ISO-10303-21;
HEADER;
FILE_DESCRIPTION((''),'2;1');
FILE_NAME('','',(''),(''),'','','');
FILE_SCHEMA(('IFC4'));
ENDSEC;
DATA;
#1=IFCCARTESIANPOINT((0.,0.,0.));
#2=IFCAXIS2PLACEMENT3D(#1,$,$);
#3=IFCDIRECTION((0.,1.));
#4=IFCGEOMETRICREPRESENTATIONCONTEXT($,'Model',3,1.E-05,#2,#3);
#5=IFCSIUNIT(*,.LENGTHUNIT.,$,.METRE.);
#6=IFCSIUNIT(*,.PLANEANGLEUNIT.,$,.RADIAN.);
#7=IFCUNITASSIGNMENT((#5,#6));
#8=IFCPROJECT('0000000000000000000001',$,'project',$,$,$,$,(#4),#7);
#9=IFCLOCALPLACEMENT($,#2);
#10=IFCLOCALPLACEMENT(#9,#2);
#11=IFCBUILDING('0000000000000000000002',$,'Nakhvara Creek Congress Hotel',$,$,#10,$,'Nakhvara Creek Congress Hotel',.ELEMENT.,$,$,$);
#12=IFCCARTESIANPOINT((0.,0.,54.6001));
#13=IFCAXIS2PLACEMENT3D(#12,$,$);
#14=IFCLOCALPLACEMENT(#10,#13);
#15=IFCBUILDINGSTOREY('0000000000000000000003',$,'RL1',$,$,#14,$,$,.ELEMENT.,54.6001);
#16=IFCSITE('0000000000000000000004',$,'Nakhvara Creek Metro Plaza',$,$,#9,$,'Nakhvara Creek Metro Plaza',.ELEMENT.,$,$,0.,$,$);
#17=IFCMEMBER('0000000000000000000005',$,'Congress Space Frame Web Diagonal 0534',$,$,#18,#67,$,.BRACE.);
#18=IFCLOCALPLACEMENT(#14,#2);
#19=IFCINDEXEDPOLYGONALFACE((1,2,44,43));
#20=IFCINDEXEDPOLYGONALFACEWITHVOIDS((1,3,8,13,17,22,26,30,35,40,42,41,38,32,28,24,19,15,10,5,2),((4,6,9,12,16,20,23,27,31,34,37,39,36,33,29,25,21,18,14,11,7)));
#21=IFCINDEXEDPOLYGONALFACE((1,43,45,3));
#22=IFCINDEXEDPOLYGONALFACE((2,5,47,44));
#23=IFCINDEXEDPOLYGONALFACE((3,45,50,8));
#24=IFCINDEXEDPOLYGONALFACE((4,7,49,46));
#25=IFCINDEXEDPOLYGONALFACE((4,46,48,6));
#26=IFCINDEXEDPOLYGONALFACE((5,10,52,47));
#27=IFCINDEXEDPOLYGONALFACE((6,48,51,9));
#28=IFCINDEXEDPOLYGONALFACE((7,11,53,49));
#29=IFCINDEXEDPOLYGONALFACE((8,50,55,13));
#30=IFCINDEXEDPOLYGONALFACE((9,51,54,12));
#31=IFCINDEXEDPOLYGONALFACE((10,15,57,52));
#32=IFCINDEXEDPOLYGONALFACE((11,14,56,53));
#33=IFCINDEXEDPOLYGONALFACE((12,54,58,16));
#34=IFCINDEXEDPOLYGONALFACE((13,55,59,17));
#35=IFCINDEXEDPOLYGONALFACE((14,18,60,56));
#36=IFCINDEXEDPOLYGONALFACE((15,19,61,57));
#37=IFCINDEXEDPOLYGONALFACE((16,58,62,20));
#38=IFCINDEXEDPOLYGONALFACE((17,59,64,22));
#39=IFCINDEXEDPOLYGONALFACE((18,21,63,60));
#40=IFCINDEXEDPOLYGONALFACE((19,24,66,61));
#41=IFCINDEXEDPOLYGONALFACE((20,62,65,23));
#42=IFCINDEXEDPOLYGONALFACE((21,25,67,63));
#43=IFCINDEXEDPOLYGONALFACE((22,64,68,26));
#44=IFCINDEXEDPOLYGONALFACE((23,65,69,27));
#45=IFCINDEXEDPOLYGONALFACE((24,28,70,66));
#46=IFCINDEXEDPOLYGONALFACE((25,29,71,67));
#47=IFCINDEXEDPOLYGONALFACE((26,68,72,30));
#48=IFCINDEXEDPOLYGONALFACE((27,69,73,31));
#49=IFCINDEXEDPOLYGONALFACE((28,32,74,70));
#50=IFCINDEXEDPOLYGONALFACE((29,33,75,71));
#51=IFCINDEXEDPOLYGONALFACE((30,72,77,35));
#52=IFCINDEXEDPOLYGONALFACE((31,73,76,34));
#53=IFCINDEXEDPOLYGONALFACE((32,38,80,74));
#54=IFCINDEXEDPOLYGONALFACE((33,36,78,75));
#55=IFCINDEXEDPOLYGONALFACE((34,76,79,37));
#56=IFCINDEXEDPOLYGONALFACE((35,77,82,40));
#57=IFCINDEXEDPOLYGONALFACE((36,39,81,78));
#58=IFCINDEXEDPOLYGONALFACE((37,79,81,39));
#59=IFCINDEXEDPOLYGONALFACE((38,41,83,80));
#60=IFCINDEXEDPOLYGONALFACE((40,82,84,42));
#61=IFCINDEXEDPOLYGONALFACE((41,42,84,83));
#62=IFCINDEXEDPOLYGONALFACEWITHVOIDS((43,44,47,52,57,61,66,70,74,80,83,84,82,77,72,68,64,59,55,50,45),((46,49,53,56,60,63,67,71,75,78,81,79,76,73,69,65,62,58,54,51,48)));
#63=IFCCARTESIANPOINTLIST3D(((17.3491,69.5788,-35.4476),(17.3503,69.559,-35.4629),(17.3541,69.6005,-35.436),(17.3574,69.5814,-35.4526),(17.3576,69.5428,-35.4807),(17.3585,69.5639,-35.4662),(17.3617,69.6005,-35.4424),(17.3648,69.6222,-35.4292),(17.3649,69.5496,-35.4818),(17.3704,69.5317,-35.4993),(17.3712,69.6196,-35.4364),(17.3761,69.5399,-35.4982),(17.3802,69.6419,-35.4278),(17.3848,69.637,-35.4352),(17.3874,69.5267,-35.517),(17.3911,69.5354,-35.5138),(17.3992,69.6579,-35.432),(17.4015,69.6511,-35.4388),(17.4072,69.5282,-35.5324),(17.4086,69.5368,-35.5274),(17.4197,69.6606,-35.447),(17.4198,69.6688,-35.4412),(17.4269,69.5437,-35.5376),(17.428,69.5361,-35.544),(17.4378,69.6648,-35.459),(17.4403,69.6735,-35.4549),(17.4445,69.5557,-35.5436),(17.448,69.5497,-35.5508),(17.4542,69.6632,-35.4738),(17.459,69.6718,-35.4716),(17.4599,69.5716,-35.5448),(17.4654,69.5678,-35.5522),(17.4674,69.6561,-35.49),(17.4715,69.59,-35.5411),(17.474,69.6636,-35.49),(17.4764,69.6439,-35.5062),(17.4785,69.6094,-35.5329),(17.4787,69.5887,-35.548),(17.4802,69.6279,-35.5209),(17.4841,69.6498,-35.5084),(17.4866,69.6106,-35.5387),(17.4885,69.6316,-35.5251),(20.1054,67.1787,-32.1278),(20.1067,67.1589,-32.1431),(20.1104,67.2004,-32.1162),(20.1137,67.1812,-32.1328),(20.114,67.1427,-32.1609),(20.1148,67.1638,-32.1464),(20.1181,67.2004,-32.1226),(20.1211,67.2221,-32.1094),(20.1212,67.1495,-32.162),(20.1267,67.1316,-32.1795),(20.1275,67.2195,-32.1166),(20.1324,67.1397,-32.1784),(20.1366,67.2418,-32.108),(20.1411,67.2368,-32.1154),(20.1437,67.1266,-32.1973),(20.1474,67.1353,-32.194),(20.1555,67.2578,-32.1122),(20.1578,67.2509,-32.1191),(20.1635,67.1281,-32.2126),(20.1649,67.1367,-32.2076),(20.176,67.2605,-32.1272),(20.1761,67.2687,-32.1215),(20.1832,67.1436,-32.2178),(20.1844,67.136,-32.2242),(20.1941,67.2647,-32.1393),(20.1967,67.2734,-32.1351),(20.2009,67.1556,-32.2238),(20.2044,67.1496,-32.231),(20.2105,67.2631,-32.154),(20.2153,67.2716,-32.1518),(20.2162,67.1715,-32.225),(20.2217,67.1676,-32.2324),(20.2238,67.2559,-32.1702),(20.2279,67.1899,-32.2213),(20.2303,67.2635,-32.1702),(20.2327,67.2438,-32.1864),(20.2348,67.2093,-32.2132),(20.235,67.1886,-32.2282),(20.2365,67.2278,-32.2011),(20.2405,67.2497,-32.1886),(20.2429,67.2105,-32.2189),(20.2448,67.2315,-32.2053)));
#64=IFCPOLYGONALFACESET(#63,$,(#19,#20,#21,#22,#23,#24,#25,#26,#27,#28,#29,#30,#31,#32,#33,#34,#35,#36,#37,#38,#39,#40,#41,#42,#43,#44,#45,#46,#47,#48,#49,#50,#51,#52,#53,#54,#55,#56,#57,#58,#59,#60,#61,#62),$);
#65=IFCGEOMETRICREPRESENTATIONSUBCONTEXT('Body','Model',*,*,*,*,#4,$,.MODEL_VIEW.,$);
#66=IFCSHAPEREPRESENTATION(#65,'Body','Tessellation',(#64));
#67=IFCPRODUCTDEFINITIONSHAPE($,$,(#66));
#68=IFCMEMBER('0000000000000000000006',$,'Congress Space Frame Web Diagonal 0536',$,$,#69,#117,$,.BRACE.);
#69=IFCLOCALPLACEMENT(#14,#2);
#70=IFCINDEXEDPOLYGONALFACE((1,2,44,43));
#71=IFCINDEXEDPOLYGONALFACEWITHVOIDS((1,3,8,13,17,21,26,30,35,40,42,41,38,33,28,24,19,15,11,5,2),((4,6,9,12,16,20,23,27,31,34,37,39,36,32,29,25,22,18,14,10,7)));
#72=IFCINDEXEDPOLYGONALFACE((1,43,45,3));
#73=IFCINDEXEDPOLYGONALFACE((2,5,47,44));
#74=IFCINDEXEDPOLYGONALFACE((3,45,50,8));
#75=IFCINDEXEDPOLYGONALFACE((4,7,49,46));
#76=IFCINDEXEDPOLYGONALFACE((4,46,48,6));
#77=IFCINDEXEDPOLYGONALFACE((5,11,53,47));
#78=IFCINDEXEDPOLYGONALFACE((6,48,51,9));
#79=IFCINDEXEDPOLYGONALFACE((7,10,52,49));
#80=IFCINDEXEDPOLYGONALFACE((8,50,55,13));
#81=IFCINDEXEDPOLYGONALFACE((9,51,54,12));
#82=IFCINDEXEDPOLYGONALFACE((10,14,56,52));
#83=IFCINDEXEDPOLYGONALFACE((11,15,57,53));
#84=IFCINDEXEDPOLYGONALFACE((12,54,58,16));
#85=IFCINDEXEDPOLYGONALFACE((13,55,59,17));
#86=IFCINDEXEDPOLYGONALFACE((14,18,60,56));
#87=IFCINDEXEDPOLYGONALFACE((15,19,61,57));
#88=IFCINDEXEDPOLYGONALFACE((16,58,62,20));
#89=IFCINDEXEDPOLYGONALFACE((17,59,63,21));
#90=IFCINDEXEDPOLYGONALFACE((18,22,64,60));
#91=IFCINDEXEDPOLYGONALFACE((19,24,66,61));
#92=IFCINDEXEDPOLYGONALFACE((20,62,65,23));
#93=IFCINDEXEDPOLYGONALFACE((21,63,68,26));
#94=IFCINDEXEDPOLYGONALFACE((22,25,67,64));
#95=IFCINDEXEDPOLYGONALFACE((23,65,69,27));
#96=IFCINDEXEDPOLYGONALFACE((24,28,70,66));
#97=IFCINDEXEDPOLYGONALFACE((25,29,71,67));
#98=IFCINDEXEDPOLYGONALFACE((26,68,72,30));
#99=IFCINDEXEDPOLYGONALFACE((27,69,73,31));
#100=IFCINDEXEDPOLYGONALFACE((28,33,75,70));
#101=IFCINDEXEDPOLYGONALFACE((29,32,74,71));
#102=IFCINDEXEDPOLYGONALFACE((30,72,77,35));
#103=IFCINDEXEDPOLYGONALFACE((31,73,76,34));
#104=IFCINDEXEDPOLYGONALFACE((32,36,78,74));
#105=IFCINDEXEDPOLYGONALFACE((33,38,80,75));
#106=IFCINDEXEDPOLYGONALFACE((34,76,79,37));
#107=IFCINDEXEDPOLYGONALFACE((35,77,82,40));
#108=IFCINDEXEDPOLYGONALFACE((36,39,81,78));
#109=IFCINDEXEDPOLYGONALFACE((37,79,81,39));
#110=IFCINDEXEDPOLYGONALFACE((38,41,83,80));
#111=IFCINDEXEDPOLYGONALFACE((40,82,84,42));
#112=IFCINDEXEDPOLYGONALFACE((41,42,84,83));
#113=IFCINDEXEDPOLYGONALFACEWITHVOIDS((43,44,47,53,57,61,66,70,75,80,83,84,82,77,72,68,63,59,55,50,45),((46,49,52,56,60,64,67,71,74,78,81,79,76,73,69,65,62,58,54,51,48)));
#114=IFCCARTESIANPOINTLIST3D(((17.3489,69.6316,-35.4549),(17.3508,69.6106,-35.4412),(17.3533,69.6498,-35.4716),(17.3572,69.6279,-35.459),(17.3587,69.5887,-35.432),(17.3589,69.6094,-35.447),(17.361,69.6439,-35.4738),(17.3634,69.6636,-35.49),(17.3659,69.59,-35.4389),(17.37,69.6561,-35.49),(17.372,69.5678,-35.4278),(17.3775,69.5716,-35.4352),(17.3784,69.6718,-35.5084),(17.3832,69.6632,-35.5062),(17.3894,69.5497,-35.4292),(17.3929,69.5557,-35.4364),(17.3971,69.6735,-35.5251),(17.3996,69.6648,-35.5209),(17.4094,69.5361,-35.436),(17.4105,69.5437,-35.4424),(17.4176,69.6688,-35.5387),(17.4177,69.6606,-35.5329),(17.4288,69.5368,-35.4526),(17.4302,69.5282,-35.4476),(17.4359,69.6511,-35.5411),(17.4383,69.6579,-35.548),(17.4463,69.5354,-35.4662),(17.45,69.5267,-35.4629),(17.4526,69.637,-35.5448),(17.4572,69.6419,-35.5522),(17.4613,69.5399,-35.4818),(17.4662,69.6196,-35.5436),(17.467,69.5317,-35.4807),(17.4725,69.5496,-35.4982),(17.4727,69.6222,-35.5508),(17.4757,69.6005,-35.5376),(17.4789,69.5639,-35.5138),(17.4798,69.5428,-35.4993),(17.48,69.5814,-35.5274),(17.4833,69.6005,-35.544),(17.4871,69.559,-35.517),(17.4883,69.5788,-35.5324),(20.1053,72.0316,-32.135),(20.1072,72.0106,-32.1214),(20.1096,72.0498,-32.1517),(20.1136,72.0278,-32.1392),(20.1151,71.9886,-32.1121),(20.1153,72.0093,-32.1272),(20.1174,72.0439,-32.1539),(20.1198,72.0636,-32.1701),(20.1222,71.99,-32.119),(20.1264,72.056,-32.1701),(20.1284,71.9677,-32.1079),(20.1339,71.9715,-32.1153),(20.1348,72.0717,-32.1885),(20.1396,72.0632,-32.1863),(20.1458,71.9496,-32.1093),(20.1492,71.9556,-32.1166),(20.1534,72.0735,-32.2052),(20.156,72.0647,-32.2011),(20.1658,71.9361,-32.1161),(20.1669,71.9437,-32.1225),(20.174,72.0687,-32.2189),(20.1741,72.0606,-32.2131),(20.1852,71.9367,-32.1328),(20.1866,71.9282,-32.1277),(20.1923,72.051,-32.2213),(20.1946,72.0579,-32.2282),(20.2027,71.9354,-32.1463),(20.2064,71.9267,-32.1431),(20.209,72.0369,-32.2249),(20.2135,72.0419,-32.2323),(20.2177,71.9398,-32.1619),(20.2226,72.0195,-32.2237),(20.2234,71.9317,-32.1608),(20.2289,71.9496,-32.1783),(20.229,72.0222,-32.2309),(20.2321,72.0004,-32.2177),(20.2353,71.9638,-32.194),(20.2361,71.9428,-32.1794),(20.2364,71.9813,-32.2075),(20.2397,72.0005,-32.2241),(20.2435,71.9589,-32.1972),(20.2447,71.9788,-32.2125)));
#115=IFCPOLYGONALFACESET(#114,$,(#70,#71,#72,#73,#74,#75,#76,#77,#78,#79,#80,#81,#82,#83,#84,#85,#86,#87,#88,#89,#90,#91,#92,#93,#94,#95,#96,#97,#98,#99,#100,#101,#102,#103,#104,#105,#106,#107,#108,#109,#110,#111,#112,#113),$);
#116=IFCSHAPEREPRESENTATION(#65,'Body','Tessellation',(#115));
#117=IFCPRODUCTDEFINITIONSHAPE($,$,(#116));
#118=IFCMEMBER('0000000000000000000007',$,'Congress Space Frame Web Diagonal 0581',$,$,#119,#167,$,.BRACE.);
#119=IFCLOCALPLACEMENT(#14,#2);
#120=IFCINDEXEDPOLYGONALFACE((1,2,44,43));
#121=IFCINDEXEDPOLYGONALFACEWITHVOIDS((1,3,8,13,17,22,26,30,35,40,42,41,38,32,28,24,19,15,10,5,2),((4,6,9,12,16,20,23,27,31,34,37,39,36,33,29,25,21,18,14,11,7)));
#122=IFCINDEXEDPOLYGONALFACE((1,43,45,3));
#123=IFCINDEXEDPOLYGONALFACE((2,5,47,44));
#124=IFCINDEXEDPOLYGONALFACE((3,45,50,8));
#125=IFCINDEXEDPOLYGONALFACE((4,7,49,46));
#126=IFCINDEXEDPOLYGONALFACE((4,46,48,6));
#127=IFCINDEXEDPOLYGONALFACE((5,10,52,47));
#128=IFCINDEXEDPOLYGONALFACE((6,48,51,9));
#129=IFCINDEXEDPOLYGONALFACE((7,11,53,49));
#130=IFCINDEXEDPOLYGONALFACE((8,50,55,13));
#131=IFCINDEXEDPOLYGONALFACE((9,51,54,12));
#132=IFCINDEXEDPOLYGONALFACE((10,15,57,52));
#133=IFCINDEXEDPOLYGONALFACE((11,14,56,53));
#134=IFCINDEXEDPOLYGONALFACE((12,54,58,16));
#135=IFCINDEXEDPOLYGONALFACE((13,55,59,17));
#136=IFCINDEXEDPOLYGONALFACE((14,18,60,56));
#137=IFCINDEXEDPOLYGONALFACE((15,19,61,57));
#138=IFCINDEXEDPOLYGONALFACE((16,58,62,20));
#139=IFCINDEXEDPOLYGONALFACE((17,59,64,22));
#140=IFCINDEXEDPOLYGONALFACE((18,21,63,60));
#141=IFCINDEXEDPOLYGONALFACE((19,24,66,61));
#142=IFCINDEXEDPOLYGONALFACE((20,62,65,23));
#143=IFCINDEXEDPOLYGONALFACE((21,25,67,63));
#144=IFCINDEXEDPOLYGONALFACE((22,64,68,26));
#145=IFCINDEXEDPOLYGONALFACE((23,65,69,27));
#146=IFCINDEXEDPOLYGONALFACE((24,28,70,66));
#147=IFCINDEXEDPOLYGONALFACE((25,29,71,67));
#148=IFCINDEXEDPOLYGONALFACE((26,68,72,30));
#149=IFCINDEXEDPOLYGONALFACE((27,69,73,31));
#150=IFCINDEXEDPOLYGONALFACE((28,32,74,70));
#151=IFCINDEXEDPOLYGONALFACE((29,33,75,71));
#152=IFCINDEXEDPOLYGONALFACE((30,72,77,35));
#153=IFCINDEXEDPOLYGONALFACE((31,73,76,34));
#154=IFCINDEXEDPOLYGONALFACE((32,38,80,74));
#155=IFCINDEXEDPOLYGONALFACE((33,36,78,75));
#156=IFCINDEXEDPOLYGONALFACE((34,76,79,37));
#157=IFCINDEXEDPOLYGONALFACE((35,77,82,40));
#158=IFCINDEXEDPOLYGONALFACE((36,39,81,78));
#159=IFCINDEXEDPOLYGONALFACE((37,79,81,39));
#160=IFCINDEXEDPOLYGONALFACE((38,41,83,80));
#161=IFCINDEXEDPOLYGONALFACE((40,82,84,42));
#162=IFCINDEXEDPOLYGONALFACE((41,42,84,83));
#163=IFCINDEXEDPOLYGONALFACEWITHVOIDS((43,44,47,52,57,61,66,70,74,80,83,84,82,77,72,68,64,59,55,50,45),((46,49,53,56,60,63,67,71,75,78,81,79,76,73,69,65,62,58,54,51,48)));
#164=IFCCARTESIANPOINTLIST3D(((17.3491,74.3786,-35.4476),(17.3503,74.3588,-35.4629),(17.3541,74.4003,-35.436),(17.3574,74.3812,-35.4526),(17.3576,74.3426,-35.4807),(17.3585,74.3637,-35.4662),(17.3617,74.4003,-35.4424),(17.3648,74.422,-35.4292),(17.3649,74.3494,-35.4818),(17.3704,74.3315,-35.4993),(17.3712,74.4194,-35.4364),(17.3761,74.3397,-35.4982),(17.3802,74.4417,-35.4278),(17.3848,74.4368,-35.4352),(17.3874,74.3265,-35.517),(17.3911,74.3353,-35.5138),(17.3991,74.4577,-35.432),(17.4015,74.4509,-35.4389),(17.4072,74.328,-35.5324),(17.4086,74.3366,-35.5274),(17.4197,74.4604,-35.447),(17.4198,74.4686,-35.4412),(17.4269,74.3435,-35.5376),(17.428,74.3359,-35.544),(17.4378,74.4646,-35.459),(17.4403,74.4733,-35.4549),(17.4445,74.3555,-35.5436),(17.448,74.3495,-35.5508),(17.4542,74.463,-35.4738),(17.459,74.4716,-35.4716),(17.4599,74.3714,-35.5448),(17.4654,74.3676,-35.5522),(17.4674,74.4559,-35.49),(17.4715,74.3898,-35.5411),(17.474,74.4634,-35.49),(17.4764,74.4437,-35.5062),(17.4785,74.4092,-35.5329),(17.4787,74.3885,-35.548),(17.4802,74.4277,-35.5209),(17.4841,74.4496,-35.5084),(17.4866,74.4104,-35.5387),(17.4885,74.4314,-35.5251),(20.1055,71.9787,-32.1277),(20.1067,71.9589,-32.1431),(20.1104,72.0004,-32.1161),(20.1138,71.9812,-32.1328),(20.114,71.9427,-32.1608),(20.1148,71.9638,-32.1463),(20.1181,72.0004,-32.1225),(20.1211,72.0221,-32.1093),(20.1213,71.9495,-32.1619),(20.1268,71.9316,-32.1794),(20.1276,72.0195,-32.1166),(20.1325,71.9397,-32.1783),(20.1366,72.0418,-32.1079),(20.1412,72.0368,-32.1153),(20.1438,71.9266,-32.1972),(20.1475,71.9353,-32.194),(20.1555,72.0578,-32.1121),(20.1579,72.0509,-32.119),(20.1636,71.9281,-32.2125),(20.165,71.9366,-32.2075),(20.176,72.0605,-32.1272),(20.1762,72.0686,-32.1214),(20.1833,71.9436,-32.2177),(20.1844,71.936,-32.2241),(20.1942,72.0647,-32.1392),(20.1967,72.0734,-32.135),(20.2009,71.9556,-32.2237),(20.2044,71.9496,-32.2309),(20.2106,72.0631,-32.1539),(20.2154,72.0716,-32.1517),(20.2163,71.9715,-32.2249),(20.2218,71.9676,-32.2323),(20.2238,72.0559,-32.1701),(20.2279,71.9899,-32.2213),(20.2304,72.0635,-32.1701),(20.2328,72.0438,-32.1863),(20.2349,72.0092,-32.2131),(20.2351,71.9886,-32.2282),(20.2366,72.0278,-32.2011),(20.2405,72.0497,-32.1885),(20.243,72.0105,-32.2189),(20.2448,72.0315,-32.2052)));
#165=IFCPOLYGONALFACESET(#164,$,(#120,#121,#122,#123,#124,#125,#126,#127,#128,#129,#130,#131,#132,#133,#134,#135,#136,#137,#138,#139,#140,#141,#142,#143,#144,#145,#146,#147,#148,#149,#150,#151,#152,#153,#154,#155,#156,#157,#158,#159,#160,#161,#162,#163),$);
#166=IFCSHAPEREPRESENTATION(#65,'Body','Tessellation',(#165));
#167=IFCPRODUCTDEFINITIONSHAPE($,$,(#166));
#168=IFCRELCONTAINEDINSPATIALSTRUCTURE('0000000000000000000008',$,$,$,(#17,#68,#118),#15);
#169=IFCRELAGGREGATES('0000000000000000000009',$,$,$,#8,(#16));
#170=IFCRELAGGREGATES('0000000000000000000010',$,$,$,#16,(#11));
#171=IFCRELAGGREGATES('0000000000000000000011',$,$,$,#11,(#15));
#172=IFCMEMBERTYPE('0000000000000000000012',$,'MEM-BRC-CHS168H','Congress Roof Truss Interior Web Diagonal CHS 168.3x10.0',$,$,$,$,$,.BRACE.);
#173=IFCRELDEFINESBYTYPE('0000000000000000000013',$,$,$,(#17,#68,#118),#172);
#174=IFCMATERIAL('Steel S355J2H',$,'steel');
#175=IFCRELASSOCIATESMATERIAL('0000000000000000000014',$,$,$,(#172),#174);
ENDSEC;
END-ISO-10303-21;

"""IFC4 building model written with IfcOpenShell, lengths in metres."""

from ifc_helpers import new_model, si_unit, direction, frame, origin, origin_2d, place, context, subcontext, project, spatial, hollow_circle, extrude, material, material_profile, profile_set, type_object, element, save


model = new_model("IFC4")

# Units and contexts
model_context = context("Model", 3, precision=1e-05, world=origin(), true_north=direction((0.0, 1.0)))
body_context = subcontext(model_context, "Body", "Model", "MODEL_VIEW")
ifc_project = project(units=[si_unit("LENGTHUNIT", "METRE"), si_unit("PLANEANGLEUNIT", "RADIAN")], contexts=[model_context])

# Site, building, storey
site_placement = place(None, origin())
site = spatial("IfcSite", under=ifc_project, at=site_placement, Name="Nakhvara Creek Metro Plaza", LongName="Nakhvara Creek Metro Plaza", CompositionType="ELEMENT", RefElevation=0.0)
building_placement = place(site_placement, origin())
building = spatial("IfcBuilding", under=site, at=building_placement, Name="Nakhvara Creek Congress Hotel", LongName="Nakhvara Creek Congress Hotel", CompositionType="ELEMENT")
storey_placement = place(building_placement, frame((0.0, 0.0, 54.6001)))
storey = spatial("IfcBuildingStorey", under=building, at=storey_placement, Name="RL1", CompositionType="ELEMENT", Elevation=54.6001)

# Members
ifc_material_1 = material(Name="Steel S355J2H", Category="steel")
ifc_material_profile_1 = material_profile(ifc_material_1, hollow_circle(Radius=0.0842, WallThickness=0.01, at=origin_2d()), Name="CHS 168.3x10.0", Category="LoadBearing")
ifc_profile_set_1 = profile_set([ifc_material_profile_1], Name="Steel S355J2H")
member_type_1 = type_object("IfcMemberType", Name="MEM-BRC-CHS168H", Description="Congress Roof Truss Interior Web Diagonal CHS 168.3x10.0", PredefinedType="BRACE", material=ifc_profile_set_1)
for number, where, z_axis, x_axis, name in (
    (1, (17.4187, 69.6001, -35.49), (0.558242, -0.486101, 0.672363), (0.656696, 0.754155, 0.0), "Congress Space Frame Web Diagonal 0534"),
    (2, (17.4187, 69.6001, -35.49), (0.558256, 0.486063, 0.672379), (-0.656658, 0.754188, 0.0), "Congress Space Frame Web Diagonal 0536"),
    (3, (17.4187, 74.3999, -35.49), (0.558256, -0.486063, 0.672379), (0.656658, 0.754188, 0.0), "Congress Space Frame Web Diagonal 0581"),
):
    element("IfcMember", number, at=place(storey_placement, frame(where, z_axis=z_axis, x_axis=x_axis)), inside=storey, type_object=member_type_1, Name=name, PredefinedType="BRACE", context=body_context, shape_type="SweptSolid", body=[
        extrude(hollow_circle(Radius=0.0842, WallThickness=0.01, at=origin_2d()), origin(), (0.0, 0.0, 1.0), 4.9375),
    ])

save(model, "model.ifc")
